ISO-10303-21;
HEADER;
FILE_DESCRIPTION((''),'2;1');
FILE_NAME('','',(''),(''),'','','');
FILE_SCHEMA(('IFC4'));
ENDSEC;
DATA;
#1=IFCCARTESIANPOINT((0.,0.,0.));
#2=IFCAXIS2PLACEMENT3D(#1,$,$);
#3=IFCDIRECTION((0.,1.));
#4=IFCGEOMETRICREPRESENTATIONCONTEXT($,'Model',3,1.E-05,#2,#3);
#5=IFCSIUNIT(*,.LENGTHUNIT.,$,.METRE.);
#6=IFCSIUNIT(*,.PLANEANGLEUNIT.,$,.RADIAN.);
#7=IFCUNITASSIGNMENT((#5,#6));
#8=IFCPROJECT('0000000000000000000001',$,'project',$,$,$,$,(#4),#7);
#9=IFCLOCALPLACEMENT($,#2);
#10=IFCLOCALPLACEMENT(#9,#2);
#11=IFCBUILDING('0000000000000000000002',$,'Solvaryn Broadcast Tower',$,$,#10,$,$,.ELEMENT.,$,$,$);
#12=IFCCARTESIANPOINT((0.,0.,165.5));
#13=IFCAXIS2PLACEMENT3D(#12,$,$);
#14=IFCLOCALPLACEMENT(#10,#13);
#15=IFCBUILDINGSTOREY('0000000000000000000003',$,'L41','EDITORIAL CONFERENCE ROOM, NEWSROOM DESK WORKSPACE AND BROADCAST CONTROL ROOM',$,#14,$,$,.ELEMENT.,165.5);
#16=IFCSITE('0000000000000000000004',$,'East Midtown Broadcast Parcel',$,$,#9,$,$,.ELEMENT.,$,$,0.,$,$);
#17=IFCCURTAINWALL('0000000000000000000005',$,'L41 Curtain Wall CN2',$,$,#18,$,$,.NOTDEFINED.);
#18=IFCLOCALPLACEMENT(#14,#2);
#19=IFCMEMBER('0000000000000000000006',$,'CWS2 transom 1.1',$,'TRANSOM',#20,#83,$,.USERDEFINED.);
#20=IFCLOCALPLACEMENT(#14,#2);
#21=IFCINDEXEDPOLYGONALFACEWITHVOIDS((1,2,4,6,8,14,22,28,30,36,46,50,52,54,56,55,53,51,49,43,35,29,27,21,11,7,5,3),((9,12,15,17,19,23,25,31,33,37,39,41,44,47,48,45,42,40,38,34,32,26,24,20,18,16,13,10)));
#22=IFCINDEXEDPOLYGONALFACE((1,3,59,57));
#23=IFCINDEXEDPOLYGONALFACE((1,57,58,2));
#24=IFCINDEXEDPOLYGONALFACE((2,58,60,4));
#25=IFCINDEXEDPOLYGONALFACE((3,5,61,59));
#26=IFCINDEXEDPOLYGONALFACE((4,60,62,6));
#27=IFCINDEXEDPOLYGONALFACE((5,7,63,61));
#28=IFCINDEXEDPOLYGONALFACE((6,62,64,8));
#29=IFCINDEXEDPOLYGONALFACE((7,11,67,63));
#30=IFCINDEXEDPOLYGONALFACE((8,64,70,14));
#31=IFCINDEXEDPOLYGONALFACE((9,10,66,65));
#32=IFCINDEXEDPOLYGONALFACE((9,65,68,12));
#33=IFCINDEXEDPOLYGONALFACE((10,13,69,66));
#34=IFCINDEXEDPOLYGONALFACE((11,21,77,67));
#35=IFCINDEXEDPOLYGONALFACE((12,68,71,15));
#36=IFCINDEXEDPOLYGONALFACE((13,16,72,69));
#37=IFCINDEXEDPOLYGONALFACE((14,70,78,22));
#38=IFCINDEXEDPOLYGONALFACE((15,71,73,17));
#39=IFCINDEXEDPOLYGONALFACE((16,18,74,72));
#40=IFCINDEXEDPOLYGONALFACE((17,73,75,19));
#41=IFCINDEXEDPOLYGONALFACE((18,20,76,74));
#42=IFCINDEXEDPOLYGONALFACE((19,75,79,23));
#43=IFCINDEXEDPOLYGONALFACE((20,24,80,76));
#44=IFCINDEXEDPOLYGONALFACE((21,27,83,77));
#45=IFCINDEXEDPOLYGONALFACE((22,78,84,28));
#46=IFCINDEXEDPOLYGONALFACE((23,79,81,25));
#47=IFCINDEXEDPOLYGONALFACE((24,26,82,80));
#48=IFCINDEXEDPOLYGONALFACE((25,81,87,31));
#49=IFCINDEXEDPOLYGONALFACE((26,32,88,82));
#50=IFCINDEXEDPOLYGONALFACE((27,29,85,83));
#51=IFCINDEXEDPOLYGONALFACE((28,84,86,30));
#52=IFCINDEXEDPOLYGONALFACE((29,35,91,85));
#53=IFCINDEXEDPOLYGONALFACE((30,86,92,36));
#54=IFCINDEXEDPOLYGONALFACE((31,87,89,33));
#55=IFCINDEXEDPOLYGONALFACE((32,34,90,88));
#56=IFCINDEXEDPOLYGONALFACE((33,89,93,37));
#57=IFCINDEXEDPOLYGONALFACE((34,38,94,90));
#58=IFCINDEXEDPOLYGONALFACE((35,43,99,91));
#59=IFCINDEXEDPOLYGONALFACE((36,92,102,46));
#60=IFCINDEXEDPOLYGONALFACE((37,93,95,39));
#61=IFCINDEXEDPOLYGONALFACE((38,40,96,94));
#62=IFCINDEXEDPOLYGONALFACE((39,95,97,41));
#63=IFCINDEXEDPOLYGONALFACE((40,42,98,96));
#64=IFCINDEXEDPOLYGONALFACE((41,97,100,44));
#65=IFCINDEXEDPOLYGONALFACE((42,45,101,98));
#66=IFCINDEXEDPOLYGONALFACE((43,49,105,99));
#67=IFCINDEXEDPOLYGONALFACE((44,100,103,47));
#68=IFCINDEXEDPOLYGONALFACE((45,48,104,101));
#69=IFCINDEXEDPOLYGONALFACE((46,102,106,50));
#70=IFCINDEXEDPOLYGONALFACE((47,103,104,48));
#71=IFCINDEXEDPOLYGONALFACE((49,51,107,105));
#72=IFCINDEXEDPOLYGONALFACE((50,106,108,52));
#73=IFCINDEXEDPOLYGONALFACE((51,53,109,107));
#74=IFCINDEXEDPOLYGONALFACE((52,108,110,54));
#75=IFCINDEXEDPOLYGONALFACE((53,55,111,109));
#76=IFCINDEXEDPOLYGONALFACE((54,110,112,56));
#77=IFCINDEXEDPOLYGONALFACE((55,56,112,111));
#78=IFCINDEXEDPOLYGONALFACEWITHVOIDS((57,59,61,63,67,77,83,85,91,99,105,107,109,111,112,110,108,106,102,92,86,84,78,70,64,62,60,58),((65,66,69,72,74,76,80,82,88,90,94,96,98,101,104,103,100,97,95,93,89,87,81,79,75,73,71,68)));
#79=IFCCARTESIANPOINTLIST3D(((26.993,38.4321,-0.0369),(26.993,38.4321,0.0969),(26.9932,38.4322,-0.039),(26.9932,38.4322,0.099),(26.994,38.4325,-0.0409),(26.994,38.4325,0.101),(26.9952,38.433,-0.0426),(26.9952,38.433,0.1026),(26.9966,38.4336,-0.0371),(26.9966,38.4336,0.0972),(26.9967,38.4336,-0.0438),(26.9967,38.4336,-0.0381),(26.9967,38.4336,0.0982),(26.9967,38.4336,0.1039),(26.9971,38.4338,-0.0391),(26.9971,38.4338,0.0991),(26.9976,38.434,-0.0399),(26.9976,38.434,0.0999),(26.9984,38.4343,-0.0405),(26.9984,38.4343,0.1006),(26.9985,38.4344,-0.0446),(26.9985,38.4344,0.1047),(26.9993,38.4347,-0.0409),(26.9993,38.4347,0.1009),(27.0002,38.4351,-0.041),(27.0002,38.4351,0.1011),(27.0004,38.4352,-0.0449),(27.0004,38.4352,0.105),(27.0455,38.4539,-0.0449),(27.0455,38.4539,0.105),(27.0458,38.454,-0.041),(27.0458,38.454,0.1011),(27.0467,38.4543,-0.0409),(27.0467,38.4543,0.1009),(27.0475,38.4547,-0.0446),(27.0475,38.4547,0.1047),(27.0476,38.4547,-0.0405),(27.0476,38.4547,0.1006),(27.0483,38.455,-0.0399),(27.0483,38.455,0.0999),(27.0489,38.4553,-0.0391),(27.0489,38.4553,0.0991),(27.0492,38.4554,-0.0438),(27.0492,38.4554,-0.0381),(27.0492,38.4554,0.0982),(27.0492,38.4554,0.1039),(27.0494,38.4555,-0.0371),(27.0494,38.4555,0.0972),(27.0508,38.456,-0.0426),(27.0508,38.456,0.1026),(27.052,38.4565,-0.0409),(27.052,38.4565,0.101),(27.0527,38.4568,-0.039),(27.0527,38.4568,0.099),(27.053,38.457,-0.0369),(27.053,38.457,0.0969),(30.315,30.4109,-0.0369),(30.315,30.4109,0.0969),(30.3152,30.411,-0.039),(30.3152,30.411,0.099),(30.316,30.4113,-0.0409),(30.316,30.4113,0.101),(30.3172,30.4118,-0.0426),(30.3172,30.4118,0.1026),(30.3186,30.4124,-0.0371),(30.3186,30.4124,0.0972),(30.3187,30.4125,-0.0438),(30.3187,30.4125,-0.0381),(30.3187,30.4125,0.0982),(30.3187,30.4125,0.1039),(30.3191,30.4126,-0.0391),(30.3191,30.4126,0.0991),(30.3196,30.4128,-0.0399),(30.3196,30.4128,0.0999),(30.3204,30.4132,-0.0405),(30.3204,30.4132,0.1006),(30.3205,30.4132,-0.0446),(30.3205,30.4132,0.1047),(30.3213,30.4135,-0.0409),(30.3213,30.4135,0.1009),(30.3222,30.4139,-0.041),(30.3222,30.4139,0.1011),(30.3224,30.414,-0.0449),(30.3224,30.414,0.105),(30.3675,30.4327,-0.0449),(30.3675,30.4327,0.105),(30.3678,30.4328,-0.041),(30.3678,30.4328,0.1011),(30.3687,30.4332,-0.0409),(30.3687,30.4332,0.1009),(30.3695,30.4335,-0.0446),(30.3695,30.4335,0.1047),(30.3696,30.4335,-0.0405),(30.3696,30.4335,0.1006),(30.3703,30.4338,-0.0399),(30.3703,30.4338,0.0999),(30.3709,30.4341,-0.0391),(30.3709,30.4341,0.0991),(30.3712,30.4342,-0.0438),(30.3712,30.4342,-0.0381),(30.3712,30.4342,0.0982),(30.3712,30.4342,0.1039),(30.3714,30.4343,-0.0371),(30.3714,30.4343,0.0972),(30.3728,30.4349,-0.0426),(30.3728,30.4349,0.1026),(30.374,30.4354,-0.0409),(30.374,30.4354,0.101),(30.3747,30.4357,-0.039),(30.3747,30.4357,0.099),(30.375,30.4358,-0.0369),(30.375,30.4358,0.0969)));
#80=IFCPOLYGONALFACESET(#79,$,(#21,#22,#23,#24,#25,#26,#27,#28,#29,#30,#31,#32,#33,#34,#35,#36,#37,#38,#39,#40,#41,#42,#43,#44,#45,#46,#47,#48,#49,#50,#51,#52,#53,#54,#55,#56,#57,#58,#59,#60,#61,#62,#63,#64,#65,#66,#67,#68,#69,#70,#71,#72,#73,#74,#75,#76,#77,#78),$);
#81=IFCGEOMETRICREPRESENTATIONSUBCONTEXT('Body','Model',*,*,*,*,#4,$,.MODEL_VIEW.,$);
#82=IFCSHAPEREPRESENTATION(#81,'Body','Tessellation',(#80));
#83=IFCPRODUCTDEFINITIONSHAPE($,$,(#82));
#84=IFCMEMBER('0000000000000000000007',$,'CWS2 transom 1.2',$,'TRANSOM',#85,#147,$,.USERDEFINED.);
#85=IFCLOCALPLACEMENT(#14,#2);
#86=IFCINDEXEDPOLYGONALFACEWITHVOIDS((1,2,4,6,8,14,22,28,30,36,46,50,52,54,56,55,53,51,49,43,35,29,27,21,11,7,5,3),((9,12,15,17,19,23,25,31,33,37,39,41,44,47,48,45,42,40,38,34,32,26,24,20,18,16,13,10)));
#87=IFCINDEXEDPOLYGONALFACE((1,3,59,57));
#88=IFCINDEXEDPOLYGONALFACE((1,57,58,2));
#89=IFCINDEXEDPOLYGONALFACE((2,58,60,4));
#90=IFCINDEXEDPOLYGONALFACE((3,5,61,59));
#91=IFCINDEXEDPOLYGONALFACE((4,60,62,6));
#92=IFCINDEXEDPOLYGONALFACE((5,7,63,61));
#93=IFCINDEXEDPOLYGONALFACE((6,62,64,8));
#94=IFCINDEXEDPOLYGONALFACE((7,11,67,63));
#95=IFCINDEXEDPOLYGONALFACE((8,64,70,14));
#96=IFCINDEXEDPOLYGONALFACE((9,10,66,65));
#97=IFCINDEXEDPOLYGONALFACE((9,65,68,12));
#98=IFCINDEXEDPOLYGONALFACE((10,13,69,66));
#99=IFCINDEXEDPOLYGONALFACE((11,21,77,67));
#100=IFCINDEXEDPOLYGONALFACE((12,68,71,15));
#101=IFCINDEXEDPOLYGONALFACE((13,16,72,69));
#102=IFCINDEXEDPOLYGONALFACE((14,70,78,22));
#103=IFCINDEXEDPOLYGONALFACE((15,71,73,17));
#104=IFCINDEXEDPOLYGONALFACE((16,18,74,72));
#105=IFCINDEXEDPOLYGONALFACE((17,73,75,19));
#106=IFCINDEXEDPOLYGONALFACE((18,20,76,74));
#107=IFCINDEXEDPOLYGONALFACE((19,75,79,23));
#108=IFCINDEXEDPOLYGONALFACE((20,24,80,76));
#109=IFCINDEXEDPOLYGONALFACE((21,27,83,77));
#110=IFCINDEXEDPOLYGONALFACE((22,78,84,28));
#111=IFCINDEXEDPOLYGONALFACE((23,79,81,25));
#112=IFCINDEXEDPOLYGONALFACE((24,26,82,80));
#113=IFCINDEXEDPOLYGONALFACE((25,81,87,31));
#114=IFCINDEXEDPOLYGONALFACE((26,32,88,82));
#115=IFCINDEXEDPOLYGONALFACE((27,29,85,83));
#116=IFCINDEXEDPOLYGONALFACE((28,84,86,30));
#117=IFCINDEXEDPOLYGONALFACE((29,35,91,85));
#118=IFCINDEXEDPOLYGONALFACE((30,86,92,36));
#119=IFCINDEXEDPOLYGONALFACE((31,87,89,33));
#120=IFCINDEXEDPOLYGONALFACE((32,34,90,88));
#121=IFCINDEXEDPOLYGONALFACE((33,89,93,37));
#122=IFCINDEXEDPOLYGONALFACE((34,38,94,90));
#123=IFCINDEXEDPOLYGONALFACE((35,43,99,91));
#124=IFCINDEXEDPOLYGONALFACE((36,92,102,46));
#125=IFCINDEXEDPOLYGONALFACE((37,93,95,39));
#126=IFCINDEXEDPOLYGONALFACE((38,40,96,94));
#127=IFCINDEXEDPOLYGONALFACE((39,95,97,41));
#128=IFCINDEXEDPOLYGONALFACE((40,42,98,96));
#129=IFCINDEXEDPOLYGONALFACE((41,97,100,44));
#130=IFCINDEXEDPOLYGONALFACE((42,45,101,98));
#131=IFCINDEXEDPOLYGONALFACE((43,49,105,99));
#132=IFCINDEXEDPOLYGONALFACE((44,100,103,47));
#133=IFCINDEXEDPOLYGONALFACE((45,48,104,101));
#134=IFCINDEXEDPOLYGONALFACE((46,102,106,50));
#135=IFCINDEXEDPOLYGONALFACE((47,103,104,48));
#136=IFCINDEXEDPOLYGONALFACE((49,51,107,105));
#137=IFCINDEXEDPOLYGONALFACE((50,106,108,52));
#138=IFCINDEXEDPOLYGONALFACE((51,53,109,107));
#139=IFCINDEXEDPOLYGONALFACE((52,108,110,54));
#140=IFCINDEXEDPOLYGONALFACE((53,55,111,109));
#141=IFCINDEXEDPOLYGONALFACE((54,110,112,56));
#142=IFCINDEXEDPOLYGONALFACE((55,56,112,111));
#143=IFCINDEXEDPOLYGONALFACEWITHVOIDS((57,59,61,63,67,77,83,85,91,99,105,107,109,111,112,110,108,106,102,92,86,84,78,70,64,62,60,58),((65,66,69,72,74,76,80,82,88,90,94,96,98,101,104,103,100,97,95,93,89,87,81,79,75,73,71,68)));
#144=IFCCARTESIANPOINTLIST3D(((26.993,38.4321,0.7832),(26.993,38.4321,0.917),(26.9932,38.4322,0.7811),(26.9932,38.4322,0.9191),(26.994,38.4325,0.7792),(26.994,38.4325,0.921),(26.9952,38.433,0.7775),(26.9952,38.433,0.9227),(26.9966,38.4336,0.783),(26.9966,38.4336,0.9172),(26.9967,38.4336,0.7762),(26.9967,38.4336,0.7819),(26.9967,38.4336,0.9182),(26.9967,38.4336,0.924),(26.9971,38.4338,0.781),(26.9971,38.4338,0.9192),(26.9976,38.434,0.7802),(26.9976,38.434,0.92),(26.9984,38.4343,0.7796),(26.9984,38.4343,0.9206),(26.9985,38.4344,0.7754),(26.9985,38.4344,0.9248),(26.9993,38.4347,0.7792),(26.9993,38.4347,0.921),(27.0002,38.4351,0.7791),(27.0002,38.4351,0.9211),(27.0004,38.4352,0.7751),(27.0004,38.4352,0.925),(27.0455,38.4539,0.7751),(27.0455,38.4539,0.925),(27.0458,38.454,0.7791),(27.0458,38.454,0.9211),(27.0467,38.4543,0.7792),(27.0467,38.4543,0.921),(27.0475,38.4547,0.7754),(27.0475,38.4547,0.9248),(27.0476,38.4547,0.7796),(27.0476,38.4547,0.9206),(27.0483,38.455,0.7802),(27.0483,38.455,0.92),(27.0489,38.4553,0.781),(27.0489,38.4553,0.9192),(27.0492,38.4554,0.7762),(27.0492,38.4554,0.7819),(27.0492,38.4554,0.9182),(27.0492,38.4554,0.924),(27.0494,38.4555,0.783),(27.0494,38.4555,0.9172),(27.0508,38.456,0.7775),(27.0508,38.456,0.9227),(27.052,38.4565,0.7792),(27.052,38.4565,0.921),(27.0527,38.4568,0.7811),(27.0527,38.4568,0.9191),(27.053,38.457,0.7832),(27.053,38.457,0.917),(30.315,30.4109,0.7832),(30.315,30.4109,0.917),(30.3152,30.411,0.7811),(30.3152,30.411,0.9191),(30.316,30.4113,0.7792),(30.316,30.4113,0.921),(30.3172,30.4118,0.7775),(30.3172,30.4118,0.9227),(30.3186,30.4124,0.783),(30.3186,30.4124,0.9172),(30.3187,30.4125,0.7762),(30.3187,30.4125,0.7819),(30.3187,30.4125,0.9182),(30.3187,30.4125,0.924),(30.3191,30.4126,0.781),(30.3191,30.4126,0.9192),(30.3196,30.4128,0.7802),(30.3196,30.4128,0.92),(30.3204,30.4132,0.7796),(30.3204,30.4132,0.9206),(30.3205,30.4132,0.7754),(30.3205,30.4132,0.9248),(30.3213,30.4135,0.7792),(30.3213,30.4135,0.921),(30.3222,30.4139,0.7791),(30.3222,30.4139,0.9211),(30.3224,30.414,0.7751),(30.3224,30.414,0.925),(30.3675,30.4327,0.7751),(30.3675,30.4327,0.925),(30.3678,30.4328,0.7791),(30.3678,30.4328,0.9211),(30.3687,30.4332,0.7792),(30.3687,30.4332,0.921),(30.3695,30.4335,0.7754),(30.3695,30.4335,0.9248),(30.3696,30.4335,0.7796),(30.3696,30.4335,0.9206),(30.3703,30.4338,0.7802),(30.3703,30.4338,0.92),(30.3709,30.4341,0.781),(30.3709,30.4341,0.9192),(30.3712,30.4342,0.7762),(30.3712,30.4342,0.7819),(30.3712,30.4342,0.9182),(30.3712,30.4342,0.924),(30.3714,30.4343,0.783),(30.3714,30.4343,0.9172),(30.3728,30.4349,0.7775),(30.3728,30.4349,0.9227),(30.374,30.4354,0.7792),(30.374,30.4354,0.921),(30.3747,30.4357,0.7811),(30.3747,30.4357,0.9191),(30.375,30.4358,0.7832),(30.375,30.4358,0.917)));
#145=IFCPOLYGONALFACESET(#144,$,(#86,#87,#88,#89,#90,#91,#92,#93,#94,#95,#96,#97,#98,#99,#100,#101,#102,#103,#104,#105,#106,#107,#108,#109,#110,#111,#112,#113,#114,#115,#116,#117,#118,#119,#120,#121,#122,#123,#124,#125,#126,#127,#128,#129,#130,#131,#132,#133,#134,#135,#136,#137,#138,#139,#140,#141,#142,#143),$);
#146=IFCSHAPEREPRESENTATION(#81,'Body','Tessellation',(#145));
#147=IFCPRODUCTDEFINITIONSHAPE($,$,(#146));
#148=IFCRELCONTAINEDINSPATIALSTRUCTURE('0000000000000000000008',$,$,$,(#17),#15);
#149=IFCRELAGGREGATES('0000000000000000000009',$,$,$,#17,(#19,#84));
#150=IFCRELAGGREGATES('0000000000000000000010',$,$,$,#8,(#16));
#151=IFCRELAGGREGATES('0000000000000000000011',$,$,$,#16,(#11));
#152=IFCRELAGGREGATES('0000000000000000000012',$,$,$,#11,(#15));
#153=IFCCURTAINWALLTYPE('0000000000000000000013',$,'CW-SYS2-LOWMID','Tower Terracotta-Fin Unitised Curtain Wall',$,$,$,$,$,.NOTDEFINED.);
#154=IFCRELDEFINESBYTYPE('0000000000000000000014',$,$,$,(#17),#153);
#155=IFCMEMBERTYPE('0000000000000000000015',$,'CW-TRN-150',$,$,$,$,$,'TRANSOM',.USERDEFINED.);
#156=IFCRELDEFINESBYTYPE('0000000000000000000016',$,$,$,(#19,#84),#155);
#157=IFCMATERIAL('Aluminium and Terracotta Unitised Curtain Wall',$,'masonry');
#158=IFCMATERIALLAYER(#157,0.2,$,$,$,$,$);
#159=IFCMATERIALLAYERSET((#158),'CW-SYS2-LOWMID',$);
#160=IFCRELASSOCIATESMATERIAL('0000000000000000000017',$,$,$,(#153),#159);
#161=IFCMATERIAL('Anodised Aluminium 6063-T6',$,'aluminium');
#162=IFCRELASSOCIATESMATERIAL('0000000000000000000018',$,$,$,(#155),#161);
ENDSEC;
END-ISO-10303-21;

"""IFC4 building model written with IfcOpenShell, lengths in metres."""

from ifc_helpers import new_model, si_unit, direction, frame, origin, origin_2d, place, context, subcontext, project, spatial, hollow_rectangle, extrude, material, layer, layer_set, material_profile, profile_set, type_object, element, aggregate, save


model = new_model("IFC4")

# Units and contexts
model_context = context("Model", 3, precision=1e-05, world=origin(), true_north=direction((0.0, 1.0)))
body_context = subcontext(model_context, "Body", "Model", "MODEL_VIEW")
ifc_project = project(units=[si_unit("LENGTHUNIT", "METRE"), si_unit("PLANEANGLEUNIT", "RADIAN")], contexts=[model_context])

# Site, building, storey
site_placement = place(None, origin())
site = spatial("IfcSite", under=ifc_project, at=site_placement, Name="East Midtown Broadcast Parcel", CompositionType="ELEMENT", RefElevation=0.0)
building_placement = place(site_placement, origin())
building = spatial("IfcBuilding", under=site, at=building_placement, Name="Solvaryn Broadcast Tower", CompositionType="ELEMENT")
storey_placement = place(building_placement, frame((0.0, 0.0, 165.5)))
storey = spatial("IfcBuildingStorey", under=building, at=storey_placement, Name="L41", Description="EDITORIAL CONFERENCE ROOM, NEWSROOM DESK WORKSPACE AND BROADCAST CONTROL ROOM", CompositionType="ELEMENT", Elevation=165.5)

# Shared definitions
ifc_material_1 = material(Name="Aluminium and Terracotta Unitised Curtain Wall", Category="masonry")
ifc_layer_1 = layer(ifc_material_1, 0.2)
ifc_layer_set_1 = layer_set([ifc_layer_1], Name="CW-SYS2-LOWMID")
curtain_wall_type = type_object("IfcCurtainWallType", Name="CW-SYS2-LOWMID", Description="Tower Terracotta-Fin Unitised Curtain Wall", PredefinedType="NOTDEFINED", material=ifc_layer_set_1)

# Curtain wall, members
curtain_wall_1_placement = place(storey_placement, origin())
curtain_wall_1 = element("IfcCurtainWall", 1, at=curtain_wall_1_placement, inside=storey, type_object=curtain_wall_type, Name="L41 Curtain Wall CN2", PredefinedType="NOTDEFINED")
ifc_material_2 = material(Name="Anodised Aluminium 6063-T6", Category="aluminium")
ifc_material_profile_1 = material_profile(ifc_material_2, hollow_rectangle(XDim=0.0649, YDim=0.1499, WallThickness=0.0039, InnerFilletRadius=0.0039, OuterFilletRadius=0.0081, at=origin_2d()))
ifc_profile_set_1 = profile_set([ifc_material_profile_1], Name="Anodised Aluminium 6063-T6")
member_type_1 = type_object("IfcMemberType", Name="CW-TRN-150", ElementType="TRANSOM", PredefinedType="USERDEFINED", material=ifc_profile_set_1)
member_1_placement = place(storey_placement, frame((30.345, 30.4233, 0.03), z_axis=(-0.382636, 0.923899, 0.0), x_axis=(-0.923899, -0.382636, 0.0)))
member_1 = element("IfcMember", 2, at=member_1_placement, type_object=member_type_1, Name="CWS2 transom 1.1", ObjectType="TRANSOM", PredefinedType="USERDEFINED", context=body_context, shape_type="SweptSolid", body=[
    extrude(hollow_rectangle(XDim=0.0649, YDim=0.1499, WallThickness=0.0039, InnerFilletRadius=0.0039, OuterFilletRadius=0.0081, at=origin_2d()), origin(), (0.0, 0.0, 1.0), 8.6819),
])
member_2_placement = place(storey_placement, frame((30.345, 30.4233, 0.8501), z_axis=(-0.382636, 0.923899, 0.0), x_axis=(-0.923899, -0.382636, 0.0)))
member_2 = element("IfcMember", 3, at=member_2_placement, type_object=member_type_1, Name="CWS2 transom 1.2", ObjectType="TRANSOM", PredefinedType="USERDEFINED", context=body_context, shape_type="SweptSolid", body=[
    extrude(hollow_rectangle(XDim=0.0649, YDim=0.1499, WallThickness=0.0039, InnerFilletRadius=0.0039, OuterFilletRadius=0.0081, at=origin_2d()), origin(), (0.0, 0.0, 1.0), 8.6819),
])

aggregate(curtain_wall_1, [member_1, member_2])

save(model, "model.ifc")
